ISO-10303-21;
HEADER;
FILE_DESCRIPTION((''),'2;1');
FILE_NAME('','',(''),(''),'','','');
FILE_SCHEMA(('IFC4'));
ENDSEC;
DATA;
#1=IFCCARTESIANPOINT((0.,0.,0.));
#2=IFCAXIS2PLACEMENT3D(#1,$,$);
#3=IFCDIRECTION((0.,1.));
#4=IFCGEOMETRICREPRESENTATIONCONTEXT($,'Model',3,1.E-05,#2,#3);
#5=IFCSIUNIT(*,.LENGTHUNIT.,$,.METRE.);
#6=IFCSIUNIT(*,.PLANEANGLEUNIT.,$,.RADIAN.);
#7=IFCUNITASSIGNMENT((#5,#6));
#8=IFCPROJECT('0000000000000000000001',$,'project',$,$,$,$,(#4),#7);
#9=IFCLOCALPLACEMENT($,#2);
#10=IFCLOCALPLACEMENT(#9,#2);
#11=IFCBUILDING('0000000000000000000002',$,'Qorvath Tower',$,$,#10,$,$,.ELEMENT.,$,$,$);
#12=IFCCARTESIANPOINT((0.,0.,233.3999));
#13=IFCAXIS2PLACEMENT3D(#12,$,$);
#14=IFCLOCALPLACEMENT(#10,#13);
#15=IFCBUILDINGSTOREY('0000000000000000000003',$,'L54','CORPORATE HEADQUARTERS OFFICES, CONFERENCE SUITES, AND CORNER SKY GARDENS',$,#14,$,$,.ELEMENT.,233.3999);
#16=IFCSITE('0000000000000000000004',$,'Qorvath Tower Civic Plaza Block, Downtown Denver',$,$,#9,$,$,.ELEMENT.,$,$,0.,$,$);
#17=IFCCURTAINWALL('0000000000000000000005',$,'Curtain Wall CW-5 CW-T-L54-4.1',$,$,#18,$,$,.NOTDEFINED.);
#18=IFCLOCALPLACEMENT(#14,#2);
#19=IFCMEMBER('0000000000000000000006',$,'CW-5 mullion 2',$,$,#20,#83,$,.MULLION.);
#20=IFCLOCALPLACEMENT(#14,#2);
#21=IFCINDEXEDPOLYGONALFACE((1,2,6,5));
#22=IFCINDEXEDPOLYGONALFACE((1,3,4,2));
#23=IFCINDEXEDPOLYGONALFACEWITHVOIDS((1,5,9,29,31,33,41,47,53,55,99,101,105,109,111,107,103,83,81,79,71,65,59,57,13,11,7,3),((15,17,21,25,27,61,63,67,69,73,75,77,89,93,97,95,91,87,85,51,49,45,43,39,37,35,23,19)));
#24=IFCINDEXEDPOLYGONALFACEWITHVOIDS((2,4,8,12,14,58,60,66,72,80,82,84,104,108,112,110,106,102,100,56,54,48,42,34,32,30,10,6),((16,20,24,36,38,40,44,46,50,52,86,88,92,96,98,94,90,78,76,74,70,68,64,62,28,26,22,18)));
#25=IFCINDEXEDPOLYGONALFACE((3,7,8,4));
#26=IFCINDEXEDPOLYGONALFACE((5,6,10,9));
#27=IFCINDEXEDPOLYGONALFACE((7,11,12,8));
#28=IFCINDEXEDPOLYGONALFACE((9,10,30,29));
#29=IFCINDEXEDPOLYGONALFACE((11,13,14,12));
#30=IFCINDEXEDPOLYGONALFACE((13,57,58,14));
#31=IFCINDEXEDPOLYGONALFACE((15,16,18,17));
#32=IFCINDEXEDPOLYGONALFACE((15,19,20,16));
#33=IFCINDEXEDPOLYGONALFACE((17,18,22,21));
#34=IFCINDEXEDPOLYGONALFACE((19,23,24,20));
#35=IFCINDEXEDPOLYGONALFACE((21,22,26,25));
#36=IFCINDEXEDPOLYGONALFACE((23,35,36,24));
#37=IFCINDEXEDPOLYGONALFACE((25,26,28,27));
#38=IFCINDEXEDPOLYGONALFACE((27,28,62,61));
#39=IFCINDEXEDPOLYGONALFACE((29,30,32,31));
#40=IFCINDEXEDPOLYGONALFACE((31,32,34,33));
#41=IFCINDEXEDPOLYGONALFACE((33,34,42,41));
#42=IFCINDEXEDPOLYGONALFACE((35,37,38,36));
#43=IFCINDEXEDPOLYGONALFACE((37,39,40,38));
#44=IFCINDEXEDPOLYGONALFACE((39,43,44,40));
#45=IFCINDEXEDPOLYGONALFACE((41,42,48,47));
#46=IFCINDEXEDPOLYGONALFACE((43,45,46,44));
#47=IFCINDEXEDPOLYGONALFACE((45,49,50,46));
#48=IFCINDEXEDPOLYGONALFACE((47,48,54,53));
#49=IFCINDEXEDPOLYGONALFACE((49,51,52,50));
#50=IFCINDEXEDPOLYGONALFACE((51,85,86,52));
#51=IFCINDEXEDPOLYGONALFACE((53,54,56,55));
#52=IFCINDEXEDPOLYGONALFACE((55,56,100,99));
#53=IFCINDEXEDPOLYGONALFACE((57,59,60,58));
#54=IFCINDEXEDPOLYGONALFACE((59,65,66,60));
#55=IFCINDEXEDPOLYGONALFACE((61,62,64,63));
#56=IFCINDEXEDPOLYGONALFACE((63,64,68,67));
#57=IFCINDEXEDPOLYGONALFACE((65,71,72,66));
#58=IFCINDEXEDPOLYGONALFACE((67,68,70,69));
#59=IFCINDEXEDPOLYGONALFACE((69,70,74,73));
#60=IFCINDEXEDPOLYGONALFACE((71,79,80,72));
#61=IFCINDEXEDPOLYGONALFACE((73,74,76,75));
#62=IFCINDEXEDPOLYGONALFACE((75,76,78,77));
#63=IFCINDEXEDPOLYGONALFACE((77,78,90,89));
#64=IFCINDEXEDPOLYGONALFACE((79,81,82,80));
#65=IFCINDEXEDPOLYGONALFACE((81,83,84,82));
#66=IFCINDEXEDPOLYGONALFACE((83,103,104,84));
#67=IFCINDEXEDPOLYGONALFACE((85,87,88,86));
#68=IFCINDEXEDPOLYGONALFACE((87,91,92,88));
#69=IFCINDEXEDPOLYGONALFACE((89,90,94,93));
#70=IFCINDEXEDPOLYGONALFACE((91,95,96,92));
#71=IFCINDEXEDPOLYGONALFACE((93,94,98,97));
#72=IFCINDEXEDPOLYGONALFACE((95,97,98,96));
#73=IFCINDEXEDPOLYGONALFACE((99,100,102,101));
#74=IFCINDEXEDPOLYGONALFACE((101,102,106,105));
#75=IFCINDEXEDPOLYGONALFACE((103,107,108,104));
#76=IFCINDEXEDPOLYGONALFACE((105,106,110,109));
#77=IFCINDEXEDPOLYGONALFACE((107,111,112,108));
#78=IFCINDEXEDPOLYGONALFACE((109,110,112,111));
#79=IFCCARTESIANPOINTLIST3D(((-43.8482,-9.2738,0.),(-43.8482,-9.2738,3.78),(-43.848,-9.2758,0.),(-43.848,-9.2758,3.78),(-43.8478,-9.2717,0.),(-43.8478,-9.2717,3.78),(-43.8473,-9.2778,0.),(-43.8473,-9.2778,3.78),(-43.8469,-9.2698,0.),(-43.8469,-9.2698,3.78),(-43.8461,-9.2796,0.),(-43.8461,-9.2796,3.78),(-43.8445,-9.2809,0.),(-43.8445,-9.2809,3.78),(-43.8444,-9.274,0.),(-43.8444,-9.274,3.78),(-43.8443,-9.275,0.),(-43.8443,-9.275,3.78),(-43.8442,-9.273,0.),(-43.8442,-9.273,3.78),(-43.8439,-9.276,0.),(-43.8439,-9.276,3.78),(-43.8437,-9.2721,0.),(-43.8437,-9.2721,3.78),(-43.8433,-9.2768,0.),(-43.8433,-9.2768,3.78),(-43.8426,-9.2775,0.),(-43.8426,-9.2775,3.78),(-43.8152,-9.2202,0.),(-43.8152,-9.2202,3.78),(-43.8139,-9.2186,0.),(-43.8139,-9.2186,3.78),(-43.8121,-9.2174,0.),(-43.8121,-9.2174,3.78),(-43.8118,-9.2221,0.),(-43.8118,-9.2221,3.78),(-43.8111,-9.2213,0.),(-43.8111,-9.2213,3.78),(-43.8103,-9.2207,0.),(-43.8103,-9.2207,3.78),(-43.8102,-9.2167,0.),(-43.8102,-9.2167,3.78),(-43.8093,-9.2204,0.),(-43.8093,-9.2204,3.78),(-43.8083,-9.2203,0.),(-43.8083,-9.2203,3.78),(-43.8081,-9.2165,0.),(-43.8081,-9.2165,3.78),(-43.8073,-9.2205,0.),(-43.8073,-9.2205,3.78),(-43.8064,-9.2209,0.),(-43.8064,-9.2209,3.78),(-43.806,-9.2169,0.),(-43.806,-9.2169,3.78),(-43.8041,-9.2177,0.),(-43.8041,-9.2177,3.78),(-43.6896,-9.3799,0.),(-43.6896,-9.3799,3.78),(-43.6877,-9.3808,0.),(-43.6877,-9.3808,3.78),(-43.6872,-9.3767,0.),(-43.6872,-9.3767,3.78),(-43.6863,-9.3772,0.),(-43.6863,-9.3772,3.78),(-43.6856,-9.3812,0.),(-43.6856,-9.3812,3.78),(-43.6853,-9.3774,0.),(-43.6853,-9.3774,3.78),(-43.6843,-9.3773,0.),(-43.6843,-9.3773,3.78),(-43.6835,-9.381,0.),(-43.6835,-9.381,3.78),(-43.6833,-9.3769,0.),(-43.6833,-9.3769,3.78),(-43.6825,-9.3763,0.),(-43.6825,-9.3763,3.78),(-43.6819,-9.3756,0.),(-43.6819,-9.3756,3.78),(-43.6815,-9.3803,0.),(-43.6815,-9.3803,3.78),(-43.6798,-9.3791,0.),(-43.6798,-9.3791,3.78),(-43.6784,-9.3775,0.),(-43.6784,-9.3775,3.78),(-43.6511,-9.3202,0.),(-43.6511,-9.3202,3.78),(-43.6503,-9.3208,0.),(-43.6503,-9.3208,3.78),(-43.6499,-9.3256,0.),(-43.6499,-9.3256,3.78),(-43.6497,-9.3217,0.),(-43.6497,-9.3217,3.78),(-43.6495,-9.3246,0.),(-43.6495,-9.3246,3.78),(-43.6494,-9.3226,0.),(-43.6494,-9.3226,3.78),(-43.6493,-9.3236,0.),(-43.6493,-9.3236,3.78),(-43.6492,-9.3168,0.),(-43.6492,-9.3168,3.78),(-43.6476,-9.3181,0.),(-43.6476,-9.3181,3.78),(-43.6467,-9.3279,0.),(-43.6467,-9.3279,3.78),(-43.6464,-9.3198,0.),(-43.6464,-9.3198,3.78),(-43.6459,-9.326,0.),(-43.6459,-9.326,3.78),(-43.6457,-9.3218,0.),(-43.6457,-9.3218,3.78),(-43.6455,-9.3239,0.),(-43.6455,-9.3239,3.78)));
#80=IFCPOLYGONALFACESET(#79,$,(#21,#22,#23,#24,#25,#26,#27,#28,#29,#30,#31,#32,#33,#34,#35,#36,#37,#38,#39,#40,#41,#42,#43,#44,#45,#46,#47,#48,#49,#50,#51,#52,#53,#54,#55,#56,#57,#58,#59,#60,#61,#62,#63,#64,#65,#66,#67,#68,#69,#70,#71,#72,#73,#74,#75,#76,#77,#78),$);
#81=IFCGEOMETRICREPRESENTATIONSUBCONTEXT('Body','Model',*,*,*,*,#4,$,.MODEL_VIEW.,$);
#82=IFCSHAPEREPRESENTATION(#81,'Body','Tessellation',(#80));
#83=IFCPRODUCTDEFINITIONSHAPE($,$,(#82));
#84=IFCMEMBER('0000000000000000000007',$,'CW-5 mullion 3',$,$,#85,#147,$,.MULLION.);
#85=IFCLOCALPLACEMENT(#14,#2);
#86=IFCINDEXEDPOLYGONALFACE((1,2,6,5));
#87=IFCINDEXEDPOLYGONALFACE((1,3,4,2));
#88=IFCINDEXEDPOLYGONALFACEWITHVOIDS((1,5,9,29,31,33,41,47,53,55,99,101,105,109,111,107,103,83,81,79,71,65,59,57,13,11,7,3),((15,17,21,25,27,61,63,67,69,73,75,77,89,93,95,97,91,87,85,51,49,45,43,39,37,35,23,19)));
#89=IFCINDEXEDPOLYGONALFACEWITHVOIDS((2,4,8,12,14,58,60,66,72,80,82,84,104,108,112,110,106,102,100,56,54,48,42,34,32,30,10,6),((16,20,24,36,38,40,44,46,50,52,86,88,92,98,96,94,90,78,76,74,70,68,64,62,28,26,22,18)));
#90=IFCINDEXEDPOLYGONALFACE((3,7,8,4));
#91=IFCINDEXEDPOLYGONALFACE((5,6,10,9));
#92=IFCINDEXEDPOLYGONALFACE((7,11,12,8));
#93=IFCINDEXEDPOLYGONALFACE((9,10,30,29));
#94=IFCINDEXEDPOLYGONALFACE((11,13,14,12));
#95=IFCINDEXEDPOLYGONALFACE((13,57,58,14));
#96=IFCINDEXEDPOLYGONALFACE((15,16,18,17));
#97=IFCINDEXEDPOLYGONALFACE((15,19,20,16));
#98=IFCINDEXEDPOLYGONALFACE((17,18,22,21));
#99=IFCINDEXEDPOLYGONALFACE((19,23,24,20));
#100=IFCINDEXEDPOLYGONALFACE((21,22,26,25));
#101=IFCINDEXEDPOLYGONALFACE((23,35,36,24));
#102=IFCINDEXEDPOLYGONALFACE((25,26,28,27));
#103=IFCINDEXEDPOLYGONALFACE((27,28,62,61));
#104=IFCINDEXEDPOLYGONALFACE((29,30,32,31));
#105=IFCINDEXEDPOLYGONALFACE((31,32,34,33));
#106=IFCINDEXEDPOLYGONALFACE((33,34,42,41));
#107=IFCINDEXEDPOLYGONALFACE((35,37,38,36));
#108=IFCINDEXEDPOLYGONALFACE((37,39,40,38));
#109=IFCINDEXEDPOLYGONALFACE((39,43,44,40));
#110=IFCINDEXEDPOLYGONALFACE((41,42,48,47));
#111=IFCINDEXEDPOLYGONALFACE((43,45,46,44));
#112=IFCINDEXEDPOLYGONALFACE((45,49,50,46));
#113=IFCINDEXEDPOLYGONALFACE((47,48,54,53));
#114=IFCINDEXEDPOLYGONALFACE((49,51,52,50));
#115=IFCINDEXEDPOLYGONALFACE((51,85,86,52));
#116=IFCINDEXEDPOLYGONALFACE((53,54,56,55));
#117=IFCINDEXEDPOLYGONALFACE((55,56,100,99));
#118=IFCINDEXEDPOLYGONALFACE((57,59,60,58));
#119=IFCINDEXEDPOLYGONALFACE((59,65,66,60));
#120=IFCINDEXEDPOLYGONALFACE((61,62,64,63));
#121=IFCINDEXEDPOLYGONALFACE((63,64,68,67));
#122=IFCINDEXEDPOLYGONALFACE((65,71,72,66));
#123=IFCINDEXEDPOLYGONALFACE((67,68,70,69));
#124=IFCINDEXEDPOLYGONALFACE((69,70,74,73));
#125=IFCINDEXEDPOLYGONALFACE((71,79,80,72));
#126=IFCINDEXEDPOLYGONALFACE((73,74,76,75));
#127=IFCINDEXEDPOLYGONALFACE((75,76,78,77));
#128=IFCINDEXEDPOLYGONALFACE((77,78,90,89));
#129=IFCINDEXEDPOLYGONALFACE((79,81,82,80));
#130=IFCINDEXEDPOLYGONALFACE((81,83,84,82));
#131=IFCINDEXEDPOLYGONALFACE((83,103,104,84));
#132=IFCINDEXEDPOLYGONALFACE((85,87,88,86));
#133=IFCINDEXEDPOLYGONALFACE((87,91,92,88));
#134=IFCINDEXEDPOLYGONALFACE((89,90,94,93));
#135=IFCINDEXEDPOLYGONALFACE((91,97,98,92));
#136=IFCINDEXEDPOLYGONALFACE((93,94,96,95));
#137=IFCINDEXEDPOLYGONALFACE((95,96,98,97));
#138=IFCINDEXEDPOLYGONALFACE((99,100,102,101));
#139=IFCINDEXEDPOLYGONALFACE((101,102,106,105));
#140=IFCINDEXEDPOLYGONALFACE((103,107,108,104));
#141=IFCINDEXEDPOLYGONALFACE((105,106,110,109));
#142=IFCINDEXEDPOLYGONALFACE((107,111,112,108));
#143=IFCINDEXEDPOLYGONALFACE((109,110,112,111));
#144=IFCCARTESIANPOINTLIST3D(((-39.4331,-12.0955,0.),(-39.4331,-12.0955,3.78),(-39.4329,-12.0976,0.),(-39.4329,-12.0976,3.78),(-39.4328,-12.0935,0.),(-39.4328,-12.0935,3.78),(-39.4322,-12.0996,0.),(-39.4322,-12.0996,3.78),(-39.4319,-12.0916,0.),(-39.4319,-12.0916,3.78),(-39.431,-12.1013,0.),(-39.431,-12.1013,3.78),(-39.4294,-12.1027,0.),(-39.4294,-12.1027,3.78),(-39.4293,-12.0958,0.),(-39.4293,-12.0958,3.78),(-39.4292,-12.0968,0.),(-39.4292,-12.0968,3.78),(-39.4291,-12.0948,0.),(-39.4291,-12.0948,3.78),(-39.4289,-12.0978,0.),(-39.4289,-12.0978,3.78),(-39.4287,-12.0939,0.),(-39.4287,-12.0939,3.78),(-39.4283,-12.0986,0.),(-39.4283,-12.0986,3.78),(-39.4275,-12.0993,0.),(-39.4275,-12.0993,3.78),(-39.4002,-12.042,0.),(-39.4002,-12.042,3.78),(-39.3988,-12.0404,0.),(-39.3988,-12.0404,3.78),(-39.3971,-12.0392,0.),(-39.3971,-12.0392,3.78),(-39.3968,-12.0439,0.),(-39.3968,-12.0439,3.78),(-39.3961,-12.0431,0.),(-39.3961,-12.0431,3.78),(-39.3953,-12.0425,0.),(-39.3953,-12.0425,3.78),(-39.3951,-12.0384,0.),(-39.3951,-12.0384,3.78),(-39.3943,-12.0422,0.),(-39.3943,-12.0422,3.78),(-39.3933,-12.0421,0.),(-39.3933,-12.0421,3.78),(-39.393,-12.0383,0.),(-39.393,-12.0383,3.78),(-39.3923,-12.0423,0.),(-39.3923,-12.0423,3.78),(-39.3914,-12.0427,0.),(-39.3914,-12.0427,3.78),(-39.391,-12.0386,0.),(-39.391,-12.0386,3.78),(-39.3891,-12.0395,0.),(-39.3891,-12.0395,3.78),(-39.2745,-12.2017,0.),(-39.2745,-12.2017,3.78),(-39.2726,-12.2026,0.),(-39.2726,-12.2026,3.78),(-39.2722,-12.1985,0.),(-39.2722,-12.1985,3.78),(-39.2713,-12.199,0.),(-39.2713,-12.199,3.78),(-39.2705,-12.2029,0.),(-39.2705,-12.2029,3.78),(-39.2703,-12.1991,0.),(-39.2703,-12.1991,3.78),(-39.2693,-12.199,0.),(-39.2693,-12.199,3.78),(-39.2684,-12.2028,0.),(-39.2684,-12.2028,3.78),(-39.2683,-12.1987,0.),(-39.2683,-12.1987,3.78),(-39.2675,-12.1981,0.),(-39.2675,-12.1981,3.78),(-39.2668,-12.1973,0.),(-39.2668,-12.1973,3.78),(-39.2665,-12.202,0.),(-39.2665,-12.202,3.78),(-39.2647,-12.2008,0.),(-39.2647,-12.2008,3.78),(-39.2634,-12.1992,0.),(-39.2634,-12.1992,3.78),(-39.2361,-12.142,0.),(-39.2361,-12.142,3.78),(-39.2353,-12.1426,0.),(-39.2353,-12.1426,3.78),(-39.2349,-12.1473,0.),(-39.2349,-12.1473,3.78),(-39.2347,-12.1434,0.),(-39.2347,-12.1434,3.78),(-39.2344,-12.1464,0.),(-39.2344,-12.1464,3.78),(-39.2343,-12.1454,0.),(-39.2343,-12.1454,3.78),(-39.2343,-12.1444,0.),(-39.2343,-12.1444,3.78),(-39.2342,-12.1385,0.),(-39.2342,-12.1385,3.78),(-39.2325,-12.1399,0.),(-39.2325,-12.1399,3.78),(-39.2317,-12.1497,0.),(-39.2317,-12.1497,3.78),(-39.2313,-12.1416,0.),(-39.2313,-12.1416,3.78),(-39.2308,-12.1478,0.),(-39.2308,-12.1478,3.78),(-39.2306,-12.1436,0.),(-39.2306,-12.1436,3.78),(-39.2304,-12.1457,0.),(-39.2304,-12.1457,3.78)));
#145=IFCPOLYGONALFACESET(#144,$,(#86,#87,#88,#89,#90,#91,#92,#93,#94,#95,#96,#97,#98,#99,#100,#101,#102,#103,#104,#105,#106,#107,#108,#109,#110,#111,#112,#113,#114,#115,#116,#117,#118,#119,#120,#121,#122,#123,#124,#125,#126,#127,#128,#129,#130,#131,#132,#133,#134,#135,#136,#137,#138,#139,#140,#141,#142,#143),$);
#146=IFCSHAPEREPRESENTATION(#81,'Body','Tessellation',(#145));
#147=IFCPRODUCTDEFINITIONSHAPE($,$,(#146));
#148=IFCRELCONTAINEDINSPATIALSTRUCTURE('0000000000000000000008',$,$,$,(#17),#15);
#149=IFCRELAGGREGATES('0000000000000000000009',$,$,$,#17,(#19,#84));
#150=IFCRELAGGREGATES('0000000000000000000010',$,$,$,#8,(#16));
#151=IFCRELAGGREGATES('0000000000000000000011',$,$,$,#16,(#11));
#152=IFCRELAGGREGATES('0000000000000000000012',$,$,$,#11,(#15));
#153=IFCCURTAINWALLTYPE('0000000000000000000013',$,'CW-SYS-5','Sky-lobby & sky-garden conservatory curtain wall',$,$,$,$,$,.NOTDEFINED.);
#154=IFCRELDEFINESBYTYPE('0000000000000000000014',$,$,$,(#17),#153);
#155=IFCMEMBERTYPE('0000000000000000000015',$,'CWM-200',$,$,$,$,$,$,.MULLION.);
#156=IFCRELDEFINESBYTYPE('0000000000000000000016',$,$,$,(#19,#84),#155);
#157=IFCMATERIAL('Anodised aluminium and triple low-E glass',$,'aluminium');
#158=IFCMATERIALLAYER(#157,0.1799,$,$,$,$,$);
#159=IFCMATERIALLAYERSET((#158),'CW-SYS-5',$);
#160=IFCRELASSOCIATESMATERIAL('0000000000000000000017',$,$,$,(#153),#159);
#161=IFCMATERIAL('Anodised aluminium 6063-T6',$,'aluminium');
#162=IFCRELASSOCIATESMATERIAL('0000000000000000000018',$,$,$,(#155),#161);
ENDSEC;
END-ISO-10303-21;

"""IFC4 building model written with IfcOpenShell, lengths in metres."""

from ifc_helpers import new_model, si_unit, direction, frame, origin, origin_2d, place, context, subcontext, project, spatial, hollow_rectangle, extrude, material, layer, layer_set, material_profile, profile_set, type_object, element, aggregate, save


model = new_model("IFC4")

# Units and contexts
model_context = context("Model", 3, precision=1e-05, world=origin(), true_north=direction((0.0, 1.0)))
body_context = subcontext(model_context, "Body", "Model", "MODEL_VIEW")
ifc_project = project(units=[si_unit("LENGTHUNIT", "METRE"), si_unit("PLANEANGLEUNIT", "RADIAN")], contexts=[model_context])

# Site, building, storey
site_placement = place(None, origin())
site = spatial("IfcSite", under=ifc_project, at=site_placement, Name="Qorvath Tower Civic Plaza Block, Downtown Denver", CompositionType="ELEMENT", RefElevation=0.0)
building_placement = place(site_placement, origin())
building = spatial("IfcBuilding", under=site, at=building_placement, Name="Qorvath Tower", CompositionType="ELEMENT")
storey_placement = place(building_placement, frame((0.0, 0.0, 233.3999)))
storey = spatial("IfcBuildingStorey", under=building, at=storey_placement, Name="L54", Description="CORPORATE HEADQUARTERS OFFICES, CONFERENCE SUITES, AND CORNER SKY GARDENS", CompositionType="ELEMENT", Elevation=233.3999)

# Shared definitions
ifc_material_1 = material(Name="Anodised aluminium and triple low-E glass", Category="aluminium")
ifc_layer_1 = layer(ifc_material_1, 0.1799)
ifc_layer_set_1 = layer_set([ifc_layer_1], Name="CW-SYS-5")
curtain_wall_type = type_object("IfcCurtainWallType", Name="CW-SYS-5", Description="Sky-lobby & sky-garden conservatory curtain wall", PredefinedType="NOTDEFINED", material=ifc_layer_set_1)
ifc_material_2 = material(Name="Anodised aluminium 6063-T6", Category="aluminium")
ifc_material_profile_1 = material_profile(ifc_material_2, hollow_rectangle(XDim=0.075, YDim=0.2, WallThickness=0.0039, InnerFilletRadius=0.0039, OuterFilletRadius=0.0081, at=origin_2d()), Name="CWM 200x75")
ifc_profile_set_1 = profile_set([ifc_material_profile_1], Name="Anodised aluminium 6063-T6")
member_type_1 = type_object("IfcMemberType", Name="CWM-200", PredefinedType="MULLION", material=ifc_profile_set_1)

# Curtain wall, members
curtain_wall_1_placement = place(storey_placement, origin())
curtain_wall_1 = element("IfcCurtainWall", 1, at=curtain_wall_1_placement, inside=storey, type_object=curtain_wall_type, Name="Curtain Wall CW-5 CW-T-L54-4.1", PredefinedType="NOTDEFINED")
member_1_placement = place(storey_placement, frame((-43.7468, -9.2988, 0.0), z_axis=(0.0, 0.0, 1.0), x_axis=(0.538528, 0.842607, 0.0)))
member_1 = element("IfcMember", 2, at=member_1_placement, type_object=member_type_1, Name="CW-5 mullion 2", PredefinedType="MULLION", context=body_context, shape_type="SweptSolid", body=[
    extrude(hollow_rectangle(XDim=0.075, YDim=0.2, WallThickness=0.0039, InnerFilletRadius=0.0039, OuterFilletRadius=0.0081, at=origin_2d()), origin(), (0.0, 0.0, 1.0), 3.78),
])
member_2_placement = place(storey_placement, frame((-39.3318, -12.1206, 0.0), z_axis=(0.0, 0.0, 1.0), x_axis=(0.538528, 0.842607, 0.0)))
member_2 = element("IfcMember", 3, at=member_2_placement, type_object=member_type_1, Name="CW-5 mullion 3", PredefinedType="MULLION", context=body_context, shape_type="SweptSolid", body=[
    extrude(hollow_rectangle(XDim=0.075, YDim=0.2, WallThickness=0.0039, InnerFilletRadius=0.0039, OuterFilletRadius=0.0081, at=origin_2d()), origin(), (0.0, 0.0, 1.0), 3.78),
])

aggregate(curtain_wall_1, [member_1, member_2])

save(model, "model.ifc")
